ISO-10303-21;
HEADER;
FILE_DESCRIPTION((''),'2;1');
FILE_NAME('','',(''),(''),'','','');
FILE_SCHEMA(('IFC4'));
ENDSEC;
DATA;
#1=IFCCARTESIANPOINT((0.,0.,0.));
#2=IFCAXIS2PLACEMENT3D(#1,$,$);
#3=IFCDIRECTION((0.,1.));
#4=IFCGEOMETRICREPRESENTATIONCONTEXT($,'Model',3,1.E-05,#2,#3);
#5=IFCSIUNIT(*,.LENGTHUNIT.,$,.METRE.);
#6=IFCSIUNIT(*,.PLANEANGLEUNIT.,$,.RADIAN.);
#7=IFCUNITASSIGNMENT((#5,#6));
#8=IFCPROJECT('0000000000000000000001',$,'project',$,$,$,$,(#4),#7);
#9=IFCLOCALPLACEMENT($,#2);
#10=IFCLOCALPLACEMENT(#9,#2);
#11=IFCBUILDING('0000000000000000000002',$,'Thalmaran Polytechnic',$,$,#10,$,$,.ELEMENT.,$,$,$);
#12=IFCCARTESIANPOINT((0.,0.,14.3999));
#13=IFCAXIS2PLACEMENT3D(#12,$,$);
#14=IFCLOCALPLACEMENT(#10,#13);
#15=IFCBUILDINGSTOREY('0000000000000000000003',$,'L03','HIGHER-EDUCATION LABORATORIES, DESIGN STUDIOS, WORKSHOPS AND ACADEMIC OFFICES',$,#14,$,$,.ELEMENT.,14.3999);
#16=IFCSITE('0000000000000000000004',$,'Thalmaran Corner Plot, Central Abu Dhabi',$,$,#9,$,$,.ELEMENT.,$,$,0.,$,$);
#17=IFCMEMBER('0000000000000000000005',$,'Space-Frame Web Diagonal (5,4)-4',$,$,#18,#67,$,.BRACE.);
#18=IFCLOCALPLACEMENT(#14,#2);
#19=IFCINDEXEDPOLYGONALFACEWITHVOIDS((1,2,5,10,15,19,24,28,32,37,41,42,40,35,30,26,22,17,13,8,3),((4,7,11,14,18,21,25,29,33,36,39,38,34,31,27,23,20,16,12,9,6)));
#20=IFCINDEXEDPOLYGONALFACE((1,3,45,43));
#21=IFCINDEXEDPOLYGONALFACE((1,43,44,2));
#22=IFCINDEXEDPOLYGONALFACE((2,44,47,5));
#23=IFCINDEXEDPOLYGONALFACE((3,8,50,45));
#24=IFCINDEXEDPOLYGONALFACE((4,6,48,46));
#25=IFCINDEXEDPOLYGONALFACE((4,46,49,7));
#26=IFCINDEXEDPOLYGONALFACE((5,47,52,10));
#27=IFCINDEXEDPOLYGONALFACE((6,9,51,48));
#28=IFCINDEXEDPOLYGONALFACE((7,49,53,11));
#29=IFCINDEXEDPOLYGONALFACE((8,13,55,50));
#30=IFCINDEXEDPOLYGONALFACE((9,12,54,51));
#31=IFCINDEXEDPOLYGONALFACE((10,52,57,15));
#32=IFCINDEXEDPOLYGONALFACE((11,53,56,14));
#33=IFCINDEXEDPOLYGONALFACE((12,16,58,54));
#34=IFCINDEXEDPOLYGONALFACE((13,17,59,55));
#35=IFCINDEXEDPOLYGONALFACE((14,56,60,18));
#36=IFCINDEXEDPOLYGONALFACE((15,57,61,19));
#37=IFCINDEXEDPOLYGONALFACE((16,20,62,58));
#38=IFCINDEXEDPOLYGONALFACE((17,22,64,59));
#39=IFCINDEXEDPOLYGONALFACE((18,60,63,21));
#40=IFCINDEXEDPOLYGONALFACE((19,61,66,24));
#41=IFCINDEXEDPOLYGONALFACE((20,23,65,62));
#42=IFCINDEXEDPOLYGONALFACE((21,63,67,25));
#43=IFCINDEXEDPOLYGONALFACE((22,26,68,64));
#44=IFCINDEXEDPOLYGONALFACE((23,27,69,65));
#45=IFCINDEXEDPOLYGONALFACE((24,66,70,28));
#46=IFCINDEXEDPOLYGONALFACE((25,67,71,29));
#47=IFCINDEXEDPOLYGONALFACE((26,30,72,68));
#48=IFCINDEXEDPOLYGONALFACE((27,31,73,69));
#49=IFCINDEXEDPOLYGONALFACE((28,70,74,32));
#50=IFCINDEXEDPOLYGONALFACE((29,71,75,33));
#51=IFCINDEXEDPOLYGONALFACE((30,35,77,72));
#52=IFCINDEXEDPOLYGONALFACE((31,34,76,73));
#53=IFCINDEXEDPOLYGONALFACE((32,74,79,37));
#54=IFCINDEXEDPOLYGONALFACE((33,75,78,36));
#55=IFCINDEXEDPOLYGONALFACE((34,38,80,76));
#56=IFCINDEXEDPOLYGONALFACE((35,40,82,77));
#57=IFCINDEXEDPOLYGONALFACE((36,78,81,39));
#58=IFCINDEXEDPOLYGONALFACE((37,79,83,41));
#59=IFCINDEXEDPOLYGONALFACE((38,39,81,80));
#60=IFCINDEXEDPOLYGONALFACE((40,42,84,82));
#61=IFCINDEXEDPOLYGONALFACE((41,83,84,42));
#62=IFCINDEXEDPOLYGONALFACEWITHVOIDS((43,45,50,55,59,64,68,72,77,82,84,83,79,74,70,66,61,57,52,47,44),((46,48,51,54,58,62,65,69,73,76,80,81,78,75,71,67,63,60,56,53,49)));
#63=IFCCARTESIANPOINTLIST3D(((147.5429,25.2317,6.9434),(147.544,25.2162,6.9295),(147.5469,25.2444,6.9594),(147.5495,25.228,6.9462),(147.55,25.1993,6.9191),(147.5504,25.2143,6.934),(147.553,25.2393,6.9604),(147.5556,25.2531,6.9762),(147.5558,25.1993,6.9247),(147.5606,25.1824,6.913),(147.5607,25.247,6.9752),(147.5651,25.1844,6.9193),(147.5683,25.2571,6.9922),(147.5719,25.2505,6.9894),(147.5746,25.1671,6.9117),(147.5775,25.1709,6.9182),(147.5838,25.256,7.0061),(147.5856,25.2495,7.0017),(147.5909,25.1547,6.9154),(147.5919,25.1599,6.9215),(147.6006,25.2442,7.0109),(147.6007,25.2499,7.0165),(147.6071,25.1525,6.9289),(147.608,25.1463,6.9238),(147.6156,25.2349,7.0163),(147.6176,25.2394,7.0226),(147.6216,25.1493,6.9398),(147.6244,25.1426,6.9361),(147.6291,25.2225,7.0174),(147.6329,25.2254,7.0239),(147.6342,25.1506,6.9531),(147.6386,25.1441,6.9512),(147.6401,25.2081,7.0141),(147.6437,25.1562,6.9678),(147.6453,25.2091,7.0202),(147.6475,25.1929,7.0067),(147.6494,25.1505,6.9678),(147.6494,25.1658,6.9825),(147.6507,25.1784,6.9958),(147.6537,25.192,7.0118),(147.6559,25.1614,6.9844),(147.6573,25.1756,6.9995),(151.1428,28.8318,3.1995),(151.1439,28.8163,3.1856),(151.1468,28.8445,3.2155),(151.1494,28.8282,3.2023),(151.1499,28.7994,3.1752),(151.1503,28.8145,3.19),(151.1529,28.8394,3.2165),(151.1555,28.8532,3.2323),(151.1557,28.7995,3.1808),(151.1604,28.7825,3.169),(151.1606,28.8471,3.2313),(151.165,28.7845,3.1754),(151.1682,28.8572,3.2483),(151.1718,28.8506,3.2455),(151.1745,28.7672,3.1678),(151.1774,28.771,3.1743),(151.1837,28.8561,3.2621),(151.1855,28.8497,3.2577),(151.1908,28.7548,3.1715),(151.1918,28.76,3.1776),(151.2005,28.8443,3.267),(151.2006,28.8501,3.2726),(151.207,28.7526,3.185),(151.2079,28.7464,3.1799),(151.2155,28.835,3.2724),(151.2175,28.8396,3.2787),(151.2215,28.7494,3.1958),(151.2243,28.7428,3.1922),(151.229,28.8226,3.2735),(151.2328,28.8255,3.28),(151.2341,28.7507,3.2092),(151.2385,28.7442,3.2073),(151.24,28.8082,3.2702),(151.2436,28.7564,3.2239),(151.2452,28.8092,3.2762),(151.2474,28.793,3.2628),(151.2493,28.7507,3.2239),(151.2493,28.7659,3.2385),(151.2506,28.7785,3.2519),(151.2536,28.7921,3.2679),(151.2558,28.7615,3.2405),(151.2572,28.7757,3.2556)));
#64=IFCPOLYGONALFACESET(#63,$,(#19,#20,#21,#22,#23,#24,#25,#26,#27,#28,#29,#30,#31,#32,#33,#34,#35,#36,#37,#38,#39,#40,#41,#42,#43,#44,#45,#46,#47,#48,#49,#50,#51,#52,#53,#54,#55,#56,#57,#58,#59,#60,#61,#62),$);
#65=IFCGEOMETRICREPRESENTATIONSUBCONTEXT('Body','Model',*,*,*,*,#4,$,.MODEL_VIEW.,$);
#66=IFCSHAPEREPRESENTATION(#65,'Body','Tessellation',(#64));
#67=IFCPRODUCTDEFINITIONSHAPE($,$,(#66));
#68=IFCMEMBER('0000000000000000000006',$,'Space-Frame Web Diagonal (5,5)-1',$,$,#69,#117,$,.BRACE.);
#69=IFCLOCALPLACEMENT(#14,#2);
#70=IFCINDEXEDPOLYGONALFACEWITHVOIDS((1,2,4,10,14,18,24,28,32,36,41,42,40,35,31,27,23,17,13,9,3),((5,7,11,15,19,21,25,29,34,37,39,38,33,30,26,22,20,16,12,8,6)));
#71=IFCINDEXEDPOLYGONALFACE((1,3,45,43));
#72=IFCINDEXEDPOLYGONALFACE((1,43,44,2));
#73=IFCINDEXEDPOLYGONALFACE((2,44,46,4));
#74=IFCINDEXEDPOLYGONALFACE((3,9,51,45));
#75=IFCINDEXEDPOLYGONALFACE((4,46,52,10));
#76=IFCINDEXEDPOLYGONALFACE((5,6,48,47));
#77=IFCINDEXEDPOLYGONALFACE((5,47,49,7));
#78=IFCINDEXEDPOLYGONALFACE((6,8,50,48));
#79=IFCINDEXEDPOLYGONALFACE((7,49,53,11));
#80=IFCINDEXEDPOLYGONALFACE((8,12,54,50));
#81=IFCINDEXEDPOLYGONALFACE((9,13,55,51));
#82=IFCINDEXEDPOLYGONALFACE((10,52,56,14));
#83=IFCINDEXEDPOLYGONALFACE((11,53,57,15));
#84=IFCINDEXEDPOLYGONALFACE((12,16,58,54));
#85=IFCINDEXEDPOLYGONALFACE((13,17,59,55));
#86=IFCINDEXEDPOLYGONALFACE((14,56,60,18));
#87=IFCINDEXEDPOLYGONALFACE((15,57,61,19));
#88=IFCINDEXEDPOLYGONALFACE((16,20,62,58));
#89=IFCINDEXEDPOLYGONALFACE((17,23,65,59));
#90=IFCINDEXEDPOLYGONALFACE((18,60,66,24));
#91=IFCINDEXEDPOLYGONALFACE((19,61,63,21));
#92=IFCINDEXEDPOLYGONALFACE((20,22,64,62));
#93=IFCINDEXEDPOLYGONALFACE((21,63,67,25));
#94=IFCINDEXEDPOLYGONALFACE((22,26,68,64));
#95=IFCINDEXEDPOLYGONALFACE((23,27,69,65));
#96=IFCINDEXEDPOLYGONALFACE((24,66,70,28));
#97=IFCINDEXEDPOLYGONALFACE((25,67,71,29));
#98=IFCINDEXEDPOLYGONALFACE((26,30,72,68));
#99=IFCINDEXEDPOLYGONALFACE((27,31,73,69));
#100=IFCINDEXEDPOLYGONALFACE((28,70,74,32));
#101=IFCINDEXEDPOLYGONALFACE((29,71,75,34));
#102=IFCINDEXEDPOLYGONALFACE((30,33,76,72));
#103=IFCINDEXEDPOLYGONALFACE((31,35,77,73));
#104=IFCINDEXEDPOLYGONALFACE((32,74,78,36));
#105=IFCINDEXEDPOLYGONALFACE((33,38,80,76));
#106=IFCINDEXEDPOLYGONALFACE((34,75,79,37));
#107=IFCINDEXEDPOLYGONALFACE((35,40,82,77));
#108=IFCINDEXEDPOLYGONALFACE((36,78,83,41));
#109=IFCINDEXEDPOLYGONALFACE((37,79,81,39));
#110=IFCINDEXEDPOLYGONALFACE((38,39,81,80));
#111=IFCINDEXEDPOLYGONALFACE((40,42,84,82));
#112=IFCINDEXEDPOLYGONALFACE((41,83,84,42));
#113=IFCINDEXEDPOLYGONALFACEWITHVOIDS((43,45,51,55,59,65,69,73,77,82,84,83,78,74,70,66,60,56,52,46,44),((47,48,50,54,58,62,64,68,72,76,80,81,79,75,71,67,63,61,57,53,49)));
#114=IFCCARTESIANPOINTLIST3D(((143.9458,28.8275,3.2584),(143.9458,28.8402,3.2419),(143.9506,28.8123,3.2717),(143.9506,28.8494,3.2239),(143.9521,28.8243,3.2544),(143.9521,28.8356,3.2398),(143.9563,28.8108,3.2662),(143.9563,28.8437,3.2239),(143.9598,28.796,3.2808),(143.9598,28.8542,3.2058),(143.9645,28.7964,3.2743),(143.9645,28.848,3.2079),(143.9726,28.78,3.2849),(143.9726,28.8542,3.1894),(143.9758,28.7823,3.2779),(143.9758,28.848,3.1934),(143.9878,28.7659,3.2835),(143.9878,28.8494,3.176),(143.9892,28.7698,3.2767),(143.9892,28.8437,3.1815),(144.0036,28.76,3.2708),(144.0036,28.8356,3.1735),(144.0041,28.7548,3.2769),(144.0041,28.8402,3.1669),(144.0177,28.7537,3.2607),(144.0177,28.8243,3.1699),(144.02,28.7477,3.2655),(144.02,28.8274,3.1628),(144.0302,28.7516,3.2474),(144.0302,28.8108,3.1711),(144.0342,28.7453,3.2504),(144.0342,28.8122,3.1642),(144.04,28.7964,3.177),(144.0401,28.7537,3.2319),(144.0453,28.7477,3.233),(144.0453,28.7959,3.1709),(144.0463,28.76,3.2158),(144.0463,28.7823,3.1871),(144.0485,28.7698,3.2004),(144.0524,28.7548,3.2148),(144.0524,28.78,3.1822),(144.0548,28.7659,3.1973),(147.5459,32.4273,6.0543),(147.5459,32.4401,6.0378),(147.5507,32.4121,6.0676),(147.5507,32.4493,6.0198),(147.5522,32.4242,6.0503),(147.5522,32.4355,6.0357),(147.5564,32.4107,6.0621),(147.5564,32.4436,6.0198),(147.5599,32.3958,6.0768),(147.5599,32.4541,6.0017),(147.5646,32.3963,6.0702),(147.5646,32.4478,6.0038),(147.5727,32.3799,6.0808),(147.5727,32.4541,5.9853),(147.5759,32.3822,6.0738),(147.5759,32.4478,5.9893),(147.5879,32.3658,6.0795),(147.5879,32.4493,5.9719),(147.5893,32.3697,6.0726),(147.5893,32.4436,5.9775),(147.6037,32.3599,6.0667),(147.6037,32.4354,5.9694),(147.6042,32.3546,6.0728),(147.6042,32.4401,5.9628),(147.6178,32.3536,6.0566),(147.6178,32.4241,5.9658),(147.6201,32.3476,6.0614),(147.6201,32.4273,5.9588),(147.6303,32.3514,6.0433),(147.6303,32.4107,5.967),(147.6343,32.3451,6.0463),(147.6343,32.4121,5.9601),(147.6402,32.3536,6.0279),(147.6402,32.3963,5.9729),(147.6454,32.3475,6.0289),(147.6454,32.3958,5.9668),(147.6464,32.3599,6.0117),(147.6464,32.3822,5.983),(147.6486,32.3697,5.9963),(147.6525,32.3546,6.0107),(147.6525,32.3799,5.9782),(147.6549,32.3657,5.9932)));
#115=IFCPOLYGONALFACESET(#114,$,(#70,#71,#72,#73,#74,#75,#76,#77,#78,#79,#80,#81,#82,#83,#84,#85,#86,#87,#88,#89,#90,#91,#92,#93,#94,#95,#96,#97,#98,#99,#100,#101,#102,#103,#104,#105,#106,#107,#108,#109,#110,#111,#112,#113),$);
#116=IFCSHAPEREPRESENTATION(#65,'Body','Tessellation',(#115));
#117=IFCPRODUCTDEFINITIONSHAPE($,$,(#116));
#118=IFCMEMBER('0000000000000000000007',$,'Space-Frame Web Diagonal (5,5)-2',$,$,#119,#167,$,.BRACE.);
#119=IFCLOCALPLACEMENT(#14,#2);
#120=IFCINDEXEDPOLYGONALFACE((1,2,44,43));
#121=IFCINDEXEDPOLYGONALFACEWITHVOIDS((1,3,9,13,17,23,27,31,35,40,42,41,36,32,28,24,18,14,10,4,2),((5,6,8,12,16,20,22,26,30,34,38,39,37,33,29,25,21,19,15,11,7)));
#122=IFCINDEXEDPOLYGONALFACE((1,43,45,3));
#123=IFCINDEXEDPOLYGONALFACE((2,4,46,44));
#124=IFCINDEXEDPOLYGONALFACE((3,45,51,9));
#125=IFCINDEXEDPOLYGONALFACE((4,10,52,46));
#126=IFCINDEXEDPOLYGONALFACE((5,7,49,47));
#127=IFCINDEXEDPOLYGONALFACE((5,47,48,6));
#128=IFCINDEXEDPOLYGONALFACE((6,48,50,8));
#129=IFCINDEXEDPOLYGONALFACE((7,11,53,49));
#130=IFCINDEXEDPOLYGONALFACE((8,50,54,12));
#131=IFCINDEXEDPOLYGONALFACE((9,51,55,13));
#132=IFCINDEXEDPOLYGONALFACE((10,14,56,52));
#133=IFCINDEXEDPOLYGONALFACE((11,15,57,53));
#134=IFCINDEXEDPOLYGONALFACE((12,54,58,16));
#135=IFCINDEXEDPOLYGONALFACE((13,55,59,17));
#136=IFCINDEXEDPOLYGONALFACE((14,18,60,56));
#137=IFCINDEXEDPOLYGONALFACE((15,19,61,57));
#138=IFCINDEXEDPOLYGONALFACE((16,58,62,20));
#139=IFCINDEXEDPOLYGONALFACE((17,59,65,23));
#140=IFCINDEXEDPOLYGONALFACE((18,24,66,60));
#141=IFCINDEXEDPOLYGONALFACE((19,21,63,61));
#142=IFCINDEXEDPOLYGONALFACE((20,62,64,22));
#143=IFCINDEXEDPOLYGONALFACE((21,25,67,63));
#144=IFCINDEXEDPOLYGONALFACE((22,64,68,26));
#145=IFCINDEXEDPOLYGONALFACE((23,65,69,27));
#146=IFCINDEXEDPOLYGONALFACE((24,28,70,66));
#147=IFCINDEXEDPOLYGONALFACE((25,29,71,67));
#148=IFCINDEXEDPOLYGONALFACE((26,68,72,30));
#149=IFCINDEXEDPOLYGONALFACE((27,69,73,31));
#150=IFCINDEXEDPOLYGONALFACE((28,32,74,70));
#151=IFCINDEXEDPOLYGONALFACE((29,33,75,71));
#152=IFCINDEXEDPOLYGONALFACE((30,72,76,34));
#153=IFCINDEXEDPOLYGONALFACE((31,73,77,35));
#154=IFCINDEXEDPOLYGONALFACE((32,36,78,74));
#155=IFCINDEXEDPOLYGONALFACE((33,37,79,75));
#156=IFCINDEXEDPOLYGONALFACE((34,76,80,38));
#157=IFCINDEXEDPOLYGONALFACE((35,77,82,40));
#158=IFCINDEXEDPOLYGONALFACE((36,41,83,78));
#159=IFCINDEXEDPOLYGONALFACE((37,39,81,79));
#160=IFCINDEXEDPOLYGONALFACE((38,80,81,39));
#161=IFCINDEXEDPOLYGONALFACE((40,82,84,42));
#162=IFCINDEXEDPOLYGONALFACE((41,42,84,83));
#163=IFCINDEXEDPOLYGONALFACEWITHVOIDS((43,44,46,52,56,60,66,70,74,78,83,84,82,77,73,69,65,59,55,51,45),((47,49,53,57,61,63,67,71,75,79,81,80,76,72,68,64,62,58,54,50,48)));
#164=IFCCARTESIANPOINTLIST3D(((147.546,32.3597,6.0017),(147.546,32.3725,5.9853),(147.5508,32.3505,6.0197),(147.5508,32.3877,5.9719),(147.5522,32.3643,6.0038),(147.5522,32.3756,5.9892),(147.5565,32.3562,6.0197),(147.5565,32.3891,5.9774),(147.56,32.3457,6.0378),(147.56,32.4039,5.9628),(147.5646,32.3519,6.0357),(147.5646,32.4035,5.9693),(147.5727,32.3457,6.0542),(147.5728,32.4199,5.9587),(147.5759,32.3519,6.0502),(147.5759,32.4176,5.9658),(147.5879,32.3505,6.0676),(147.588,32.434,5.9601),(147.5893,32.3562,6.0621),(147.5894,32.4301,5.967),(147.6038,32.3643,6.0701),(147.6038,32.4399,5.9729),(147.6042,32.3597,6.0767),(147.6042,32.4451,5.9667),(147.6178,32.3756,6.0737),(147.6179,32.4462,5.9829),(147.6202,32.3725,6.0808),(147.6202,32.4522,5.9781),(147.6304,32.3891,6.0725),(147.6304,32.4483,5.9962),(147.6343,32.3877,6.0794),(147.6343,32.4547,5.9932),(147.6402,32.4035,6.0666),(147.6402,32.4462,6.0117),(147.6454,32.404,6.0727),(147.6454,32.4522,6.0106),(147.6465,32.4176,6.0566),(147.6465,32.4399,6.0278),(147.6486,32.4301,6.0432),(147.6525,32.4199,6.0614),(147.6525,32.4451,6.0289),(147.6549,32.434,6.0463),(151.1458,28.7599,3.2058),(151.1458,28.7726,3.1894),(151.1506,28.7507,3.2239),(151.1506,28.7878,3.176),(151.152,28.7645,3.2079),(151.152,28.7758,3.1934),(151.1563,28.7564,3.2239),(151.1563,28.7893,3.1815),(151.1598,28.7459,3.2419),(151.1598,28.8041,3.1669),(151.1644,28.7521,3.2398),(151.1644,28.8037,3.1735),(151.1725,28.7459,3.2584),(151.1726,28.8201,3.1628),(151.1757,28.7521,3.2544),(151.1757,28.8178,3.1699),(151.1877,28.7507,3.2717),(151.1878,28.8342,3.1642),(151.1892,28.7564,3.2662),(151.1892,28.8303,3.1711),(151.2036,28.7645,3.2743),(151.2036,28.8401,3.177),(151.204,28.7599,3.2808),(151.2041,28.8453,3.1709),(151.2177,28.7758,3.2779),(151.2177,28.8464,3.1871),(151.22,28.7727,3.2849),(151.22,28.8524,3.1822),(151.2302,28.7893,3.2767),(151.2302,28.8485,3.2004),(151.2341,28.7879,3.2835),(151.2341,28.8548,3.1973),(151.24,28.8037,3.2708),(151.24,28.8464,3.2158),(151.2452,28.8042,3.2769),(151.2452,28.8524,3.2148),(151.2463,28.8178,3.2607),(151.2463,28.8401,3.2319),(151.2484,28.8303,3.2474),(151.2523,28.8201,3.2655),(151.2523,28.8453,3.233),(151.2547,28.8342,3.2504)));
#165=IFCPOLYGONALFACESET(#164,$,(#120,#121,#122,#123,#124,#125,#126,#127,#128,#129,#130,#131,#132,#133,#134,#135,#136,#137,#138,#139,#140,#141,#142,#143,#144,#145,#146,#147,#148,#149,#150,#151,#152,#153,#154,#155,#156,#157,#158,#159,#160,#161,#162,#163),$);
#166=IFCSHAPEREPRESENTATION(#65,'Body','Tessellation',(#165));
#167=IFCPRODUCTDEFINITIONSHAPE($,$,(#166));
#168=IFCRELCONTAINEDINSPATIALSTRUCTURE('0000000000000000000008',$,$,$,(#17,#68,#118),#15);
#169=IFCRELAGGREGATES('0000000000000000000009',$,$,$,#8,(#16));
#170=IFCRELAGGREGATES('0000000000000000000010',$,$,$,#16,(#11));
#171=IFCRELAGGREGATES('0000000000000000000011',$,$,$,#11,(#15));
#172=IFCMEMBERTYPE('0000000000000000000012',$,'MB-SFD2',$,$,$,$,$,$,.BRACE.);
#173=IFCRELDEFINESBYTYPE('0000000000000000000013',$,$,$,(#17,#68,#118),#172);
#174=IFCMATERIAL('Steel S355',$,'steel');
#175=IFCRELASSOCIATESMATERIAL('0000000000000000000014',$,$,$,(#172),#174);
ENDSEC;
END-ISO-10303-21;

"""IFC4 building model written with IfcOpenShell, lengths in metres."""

from ifc_helpers import new_model, si_unit, direction, frame, origin, origin_2d, place, context, subcontext, project, spatial, hollow_circle, extrude, material, material_profile, profile_set, type_object, element, save


model = new_model("IFC4")

# Units and contexts
model_context = context("Model", 3, precision=1e-05, world=origin(), true_north=direction((0.0, 1.0)))
body_context = subcontext(model_context, "Body", "Model", "MODEL_VIEW")
ifc_project = project(units=[si_unit("LENGTHUNIT", "METRE"), si_unit("PLANEANGLEUNIT", "RADIAN")], contexts=[model_context])

# Site, building, storey
site_placement = place(None, origin())
site = spatial("IfcSite", under=ifc_project, at=site_placement, Name="Thalmaran Corner Plot, Central Abu Dhabi", CompositionType="ELEMENT", RefElevation=0.0)
building_placement = place(site_placement, origin())
building = spatial("IfcBuilding", under=site, at=building_placement, Name="Thalmaran Polytechnic", CompositionType="ELEMENT")
storey_placement = place(building_placement, frame((0.0, 0.0, 14.3999)))
storey = spatial("IfcBuildingStorey", under=building, at=storey_placement, Name="L03", Description="HIGHER-EDUCATION LABORATORIES, DESIGN STUDIOS, WORKSHOPS AND ACADEMIC OFFICES", CompositionType="ELEMENT", Elevation=14.3999)

# Members
ifc_material = material(Name="Steel S355", Category="steel")
ifc_material_profile_1 = material_profile(ifc_material, hollow_circle(Radius=0.0698, WallThickness=0.0081, at=origin_2d()), Name="CHS 139.7x8.0")
ifc_profile_set_1 = profile_set([ifc_material_profile_1], Name="Steel S355")
member_type_1 = type_object("IfcMemberType", Name="MB-SFD2", PredefinedType="BRACE", material=ifc_profile_set_1)
for number, where, z_axis, x_axis, name in (
    (1, (151.2, 28.8, 3.2239), (-0.56964, -0.569678, 0.592433), (0.707131, -0.707083, 0.0), "Space-Frame Web Diagonal (5,4)-4"),
):
    element("IfcMember", number, at=place(storey_placement, frame(where, z_axis=z_axis, x_axis=x_axis)), inside=storey, type_object=member_type_1, Name=name, PredefinedType="BRACE", context=body_context, shape_type="SweptSolid", body=[
        extrude(hollow_circle(Radius=0.0698, WallThickness=0.0081, at=origin_2d()), origin(), (0.0, 0.0, 1.0), 6.3196),
    ])
member_1_placement = place(storey_placement, frame((144.0, 28.8, 3.2239), z_axis=(0.619816, 0.619774, 0.48136), x_axis=(-0.707083, 0.707131, 0.0)))
element("IfcMember", 2, at=member_1_placement, inside=storey, type_object=member_type_1, Name="Space-Frame Web Diagonal (5,5)-1", PredefinedType="BRACE", context=body_context, shape_type="SweptSolid", body=[
    extrude(hollow_circle(Radius=0.0698, WallThickness=0.0081, at=origin_2d()), origin(), (0.0, 0.0, 1.0), 5.8083),
])
member_2_placement = place(storey_placement, frame((151.2, 28.8, 3.2239), z_axis=(-0.61979, 0.61979, 0.481373), x_axis=(-0.707107, -0.707107, 0.0)))
element("IfcMember", 3, at=member_2_placement, inside=storey, type_object=member_type_1, Name="Space-Frame Web Diagonal (5,5)-2", PredefinedType="BRACE", context=body_context, shape_type="SweptSolid", body=[
    extrude(hollow_circle(Radius=0.0698, WallThickness=0.0081, at=origin_2d()), origin(), (0.0, 0.0, 1.0), 5.8081),
])

save(model, "model.ifc")
